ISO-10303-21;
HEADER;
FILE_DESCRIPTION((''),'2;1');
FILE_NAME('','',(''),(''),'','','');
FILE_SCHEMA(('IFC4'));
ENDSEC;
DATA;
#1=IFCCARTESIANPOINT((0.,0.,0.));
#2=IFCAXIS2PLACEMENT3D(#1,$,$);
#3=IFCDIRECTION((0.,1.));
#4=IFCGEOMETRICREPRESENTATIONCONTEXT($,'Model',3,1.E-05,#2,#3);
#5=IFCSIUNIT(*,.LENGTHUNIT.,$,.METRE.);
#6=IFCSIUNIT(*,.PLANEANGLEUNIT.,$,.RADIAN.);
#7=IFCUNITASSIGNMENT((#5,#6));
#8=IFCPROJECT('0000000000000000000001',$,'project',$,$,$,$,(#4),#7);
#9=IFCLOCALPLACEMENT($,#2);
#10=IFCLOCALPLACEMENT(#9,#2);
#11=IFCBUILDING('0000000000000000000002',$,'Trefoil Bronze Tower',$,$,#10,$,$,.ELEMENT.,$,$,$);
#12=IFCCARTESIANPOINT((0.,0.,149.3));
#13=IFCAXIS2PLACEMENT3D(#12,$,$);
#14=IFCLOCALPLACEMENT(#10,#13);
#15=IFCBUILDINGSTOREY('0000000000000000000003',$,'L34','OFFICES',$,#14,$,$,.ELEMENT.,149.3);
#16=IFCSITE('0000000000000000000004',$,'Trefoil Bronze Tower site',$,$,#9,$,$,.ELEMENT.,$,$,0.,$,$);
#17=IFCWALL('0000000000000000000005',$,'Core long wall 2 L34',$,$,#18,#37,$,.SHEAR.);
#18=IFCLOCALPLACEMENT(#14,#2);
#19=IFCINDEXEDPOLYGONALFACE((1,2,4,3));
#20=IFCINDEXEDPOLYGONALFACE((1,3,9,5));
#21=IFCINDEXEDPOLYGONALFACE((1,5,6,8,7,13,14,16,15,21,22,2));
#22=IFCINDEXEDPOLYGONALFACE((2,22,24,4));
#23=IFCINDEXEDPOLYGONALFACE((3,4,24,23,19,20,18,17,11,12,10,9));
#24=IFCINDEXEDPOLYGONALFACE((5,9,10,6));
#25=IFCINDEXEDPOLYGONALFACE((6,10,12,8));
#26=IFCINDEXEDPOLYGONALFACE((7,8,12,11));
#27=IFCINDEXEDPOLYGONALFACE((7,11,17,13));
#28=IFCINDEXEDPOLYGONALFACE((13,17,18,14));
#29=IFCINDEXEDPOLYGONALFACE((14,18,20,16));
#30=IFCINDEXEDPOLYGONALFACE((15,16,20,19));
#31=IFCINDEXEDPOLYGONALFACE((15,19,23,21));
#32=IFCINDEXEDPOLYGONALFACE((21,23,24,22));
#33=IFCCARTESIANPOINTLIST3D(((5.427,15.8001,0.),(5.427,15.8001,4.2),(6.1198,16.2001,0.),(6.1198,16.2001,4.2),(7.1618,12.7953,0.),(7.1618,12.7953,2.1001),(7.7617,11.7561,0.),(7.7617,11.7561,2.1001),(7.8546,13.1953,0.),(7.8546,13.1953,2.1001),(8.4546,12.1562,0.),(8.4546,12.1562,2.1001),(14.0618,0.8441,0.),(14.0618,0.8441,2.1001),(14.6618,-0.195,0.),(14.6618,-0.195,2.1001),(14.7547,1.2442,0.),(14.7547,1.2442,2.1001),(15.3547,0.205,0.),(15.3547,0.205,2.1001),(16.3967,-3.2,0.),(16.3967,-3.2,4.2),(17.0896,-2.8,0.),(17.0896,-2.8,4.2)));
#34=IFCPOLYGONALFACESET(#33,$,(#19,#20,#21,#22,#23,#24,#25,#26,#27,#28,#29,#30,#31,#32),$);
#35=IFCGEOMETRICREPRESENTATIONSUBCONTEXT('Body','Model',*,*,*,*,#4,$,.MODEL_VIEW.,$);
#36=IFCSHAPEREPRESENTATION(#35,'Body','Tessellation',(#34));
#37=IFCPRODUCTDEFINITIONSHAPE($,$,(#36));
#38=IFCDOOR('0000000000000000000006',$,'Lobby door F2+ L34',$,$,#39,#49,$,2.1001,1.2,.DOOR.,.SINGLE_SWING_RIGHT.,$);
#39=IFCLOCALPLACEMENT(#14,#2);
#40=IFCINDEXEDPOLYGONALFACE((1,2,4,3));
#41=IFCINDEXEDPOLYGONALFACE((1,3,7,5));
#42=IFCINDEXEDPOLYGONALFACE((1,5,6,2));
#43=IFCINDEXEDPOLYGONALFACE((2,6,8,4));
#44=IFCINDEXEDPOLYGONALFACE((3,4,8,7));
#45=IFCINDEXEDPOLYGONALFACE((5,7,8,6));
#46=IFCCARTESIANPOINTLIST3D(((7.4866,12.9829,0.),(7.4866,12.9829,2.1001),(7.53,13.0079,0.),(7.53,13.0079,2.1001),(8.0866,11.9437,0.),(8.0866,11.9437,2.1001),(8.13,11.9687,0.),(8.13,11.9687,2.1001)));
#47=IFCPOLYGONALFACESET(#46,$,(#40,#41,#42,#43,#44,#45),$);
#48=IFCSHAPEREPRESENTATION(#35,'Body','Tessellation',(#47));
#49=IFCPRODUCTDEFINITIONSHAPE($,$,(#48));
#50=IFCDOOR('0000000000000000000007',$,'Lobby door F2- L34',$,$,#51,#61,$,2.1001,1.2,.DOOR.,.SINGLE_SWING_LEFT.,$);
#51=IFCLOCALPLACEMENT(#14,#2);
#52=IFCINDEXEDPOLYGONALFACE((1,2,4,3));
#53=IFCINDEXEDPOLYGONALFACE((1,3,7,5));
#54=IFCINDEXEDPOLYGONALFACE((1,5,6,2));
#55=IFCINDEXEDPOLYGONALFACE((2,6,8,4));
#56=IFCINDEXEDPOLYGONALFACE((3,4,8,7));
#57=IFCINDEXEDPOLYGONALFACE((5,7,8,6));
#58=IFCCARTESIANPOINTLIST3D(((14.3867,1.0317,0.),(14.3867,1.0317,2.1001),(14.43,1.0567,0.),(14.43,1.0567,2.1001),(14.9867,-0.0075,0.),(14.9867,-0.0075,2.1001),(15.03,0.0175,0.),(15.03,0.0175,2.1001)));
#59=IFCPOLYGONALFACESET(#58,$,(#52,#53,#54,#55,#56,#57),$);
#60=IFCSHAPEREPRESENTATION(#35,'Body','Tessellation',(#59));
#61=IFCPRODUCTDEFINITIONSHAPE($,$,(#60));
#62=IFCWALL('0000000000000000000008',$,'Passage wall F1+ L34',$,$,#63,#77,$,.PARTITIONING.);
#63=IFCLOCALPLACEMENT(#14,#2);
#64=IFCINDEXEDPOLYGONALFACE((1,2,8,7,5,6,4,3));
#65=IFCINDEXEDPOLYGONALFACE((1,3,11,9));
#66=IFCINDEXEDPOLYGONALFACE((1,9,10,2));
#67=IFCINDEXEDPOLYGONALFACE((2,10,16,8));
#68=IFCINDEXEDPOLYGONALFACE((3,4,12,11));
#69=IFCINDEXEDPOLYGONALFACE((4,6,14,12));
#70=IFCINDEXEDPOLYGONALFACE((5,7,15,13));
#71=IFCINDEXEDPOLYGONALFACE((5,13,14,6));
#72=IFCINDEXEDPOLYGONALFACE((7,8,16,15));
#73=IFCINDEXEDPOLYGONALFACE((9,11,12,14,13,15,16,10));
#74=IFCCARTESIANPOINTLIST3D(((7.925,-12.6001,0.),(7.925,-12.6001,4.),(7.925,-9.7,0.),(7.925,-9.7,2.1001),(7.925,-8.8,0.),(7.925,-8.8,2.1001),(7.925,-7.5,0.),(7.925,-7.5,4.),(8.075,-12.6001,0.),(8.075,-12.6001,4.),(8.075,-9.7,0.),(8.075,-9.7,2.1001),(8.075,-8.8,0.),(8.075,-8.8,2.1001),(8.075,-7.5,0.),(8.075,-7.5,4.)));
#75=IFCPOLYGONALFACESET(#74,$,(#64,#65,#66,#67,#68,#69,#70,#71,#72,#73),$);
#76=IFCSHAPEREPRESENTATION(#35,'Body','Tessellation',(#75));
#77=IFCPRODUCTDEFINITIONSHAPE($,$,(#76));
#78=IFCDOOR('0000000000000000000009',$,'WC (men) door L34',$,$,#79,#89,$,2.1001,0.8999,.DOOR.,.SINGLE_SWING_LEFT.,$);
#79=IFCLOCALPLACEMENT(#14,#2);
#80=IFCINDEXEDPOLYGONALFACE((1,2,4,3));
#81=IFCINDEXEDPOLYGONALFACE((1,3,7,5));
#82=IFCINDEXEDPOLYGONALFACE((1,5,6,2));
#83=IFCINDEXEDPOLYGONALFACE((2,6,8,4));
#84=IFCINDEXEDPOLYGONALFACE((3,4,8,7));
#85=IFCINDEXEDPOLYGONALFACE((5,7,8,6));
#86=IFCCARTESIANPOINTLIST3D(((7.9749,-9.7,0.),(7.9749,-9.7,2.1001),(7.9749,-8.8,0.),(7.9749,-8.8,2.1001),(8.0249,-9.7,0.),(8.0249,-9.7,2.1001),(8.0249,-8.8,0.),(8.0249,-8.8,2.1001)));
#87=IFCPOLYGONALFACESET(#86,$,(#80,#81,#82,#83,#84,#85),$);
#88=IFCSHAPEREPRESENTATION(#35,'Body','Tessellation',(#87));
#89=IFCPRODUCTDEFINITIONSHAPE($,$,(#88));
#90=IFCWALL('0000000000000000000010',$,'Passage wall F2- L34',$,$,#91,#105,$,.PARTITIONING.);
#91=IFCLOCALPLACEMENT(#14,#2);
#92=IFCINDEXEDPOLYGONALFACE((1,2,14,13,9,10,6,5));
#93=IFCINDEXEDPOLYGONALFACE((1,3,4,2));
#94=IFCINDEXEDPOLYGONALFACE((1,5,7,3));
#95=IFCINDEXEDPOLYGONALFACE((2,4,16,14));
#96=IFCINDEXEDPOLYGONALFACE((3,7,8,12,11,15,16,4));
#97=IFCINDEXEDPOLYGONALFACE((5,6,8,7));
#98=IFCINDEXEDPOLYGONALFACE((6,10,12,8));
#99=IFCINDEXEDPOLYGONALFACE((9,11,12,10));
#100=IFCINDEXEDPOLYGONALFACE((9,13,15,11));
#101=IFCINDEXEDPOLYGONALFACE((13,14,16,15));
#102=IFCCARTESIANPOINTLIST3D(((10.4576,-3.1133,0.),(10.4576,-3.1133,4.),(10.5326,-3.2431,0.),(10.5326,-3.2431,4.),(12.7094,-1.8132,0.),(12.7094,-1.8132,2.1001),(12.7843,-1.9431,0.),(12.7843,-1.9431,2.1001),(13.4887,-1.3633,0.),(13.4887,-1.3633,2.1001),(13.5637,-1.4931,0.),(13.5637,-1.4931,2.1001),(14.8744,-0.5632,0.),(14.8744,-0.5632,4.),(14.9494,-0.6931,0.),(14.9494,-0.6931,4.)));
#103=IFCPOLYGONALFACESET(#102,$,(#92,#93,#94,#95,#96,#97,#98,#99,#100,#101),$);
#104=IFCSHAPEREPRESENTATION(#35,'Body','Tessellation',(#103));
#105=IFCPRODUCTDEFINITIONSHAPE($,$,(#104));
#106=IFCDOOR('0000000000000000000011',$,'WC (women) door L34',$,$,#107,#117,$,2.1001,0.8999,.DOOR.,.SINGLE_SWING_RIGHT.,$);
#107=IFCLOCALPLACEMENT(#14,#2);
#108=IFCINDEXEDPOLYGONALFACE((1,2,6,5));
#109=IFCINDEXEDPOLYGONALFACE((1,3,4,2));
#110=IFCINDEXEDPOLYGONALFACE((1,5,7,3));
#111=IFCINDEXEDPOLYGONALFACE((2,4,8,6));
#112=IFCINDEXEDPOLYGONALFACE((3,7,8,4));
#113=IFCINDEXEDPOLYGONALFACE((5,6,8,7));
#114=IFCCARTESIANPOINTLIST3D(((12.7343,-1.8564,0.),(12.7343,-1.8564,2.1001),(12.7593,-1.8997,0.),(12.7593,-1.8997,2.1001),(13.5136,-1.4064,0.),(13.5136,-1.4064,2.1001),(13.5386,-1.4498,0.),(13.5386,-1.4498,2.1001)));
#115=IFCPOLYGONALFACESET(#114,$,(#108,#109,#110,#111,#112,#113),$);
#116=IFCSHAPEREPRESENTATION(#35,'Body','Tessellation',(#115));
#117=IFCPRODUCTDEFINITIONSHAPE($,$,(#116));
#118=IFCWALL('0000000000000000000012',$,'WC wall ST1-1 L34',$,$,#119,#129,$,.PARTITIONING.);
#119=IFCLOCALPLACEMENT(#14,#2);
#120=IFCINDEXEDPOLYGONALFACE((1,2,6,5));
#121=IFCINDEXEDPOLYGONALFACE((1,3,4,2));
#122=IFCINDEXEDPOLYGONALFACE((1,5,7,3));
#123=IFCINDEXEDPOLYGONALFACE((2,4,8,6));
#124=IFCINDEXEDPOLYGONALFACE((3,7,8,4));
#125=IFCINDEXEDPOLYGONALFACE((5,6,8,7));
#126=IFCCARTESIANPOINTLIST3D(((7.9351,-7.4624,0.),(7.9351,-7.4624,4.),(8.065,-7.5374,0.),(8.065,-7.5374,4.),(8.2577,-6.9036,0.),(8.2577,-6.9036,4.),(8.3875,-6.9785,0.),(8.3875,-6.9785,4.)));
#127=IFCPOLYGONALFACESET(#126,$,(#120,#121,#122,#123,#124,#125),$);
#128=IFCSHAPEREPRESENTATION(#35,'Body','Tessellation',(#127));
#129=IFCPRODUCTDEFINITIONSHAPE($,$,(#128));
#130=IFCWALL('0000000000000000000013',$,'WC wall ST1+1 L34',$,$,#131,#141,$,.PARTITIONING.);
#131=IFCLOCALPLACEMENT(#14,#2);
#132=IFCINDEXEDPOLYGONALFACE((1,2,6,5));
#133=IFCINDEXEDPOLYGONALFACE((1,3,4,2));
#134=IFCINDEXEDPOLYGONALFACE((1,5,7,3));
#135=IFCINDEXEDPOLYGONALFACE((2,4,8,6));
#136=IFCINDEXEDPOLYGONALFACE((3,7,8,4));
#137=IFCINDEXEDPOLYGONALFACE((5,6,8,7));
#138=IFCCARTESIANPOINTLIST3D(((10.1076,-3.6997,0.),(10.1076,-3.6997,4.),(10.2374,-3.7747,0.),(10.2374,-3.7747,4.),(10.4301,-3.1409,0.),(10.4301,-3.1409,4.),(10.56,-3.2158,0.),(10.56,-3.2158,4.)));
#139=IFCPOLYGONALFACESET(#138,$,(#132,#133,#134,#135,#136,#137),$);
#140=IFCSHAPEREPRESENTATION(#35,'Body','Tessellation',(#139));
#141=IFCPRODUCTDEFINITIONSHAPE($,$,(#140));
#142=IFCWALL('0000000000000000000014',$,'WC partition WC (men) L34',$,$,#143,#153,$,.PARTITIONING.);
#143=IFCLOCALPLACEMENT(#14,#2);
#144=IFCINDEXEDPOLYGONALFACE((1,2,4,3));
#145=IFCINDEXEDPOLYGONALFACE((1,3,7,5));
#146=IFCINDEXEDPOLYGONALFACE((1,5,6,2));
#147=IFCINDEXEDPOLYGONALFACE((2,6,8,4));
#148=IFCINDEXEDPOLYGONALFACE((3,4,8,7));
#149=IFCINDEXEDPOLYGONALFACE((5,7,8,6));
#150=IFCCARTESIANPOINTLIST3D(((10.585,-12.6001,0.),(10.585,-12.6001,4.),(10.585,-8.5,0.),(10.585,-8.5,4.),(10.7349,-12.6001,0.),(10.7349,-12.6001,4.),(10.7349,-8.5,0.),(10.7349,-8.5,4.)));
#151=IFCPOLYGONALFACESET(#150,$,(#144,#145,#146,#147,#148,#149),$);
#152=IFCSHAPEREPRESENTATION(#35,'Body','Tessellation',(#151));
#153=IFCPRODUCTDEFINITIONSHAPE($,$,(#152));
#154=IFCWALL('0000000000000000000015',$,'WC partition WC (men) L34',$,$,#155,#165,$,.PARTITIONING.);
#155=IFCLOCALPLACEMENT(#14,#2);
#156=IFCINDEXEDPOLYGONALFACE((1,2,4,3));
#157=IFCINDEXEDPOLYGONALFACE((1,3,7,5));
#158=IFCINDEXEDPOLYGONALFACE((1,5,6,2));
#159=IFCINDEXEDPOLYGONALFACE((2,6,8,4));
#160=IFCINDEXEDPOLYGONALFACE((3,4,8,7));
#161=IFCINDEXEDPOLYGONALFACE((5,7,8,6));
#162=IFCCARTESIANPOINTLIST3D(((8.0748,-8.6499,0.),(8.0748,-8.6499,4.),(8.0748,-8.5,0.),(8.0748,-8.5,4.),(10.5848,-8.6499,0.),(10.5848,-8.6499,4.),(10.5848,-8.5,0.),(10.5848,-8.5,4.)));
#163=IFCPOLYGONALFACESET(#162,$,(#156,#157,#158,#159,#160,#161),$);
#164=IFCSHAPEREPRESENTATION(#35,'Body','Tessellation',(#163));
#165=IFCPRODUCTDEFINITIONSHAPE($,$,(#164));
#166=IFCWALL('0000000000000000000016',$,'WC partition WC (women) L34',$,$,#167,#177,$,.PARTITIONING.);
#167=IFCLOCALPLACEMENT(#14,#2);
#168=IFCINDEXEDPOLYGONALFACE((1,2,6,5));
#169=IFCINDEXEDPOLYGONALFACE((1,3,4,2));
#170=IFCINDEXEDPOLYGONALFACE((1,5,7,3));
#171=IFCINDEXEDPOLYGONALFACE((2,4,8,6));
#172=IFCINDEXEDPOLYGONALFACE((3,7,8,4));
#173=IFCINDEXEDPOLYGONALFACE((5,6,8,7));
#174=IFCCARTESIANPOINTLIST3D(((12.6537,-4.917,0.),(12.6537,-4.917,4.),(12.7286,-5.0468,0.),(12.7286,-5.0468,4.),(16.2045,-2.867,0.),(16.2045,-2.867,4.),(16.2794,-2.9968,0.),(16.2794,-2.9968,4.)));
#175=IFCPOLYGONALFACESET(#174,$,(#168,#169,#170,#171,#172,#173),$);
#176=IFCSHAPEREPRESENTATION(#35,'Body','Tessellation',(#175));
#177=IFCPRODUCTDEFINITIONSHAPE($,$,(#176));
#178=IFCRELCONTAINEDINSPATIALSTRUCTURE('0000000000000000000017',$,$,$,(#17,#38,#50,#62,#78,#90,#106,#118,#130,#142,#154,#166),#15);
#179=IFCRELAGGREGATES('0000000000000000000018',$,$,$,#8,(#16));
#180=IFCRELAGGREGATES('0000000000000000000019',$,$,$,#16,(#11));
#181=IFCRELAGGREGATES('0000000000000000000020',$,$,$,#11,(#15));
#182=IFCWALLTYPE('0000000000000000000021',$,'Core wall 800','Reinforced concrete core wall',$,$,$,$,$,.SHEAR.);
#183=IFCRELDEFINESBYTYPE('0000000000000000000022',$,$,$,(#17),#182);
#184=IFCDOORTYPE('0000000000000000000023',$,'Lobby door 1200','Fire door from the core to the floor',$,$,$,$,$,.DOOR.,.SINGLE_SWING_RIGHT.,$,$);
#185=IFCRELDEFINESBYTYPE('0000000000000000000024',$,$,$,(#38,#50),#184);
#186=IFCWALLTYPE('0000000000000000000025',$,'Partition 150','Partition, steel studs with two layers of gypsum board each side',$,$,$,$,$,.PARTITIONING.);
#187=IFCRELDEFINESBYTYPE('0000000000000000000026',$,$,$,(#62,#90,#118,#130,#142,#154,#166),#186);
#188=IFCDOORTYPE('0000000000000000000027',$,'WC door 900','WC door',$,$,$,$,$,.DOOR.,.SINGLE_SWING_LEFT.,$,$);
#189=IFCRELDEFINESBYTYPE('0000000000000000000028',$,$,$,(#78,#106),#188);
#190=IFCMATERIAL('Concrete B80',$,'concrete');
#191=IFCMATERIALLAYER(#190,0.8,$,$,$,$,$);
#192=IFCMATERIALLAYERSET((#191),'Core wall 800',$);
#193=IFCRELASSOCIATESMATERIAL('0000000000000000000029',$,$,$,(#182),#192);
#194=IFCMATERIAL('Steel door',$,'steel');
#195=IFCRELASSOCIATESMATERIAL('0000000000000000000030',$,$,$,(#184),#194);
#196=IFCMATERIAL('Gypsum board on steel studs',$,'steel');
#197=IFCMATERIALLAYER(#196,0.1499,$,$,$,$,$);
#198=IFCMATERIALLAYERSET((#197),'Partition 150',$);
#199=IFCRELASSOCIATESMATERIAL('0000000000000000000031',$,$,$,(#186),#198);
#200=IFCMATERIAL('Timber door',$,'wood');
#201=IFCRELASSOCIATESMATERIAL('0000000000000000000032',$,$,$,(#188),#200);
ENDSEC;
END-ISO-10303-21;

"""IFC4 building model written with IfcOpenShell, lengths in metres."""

from ifc_helpers import new_model, si_unit, direction, frame, frame_2d, origin, place, context, subcontext, project, spatial, rectangle, extrude, material, layer, layer_set, type_object, element, fill, save


model = new_model("IFC4")

# Units and contexts
model_context = context("Model", 3, precision=1e-05, world=origin(), true_north=direction((0.0, 1.0)))
body_context = subcontext(model_context, "Body", "Model", "MODEL_VIEW")
ifc_project = project(units=[si_unit("LENGTHUNIT", "METRE"), si_unit("PLANEANGLEUNIT", "RADIAN")], contexts=[model_context])

# Site, building, storey
site_placement = place(None, origin())
site = spatial("IfcSite", under=ifc_project, at=site_placement, Name="Trefoil Bronze Tower site", CompositionType="ELEMENT", RefElevation=0.0)
building_placement = place(site_placement, origin())
building = spatial("IfcBuilding", under=site, at=building_placement, Name="Trefoil Bronze Tower", CompositionType="ELEMENT")
storey_placement = place(building_placement, frame((0.0, 0.0, 149.3)))
storey = spatial("IfcBuildingStorey", under=building, at=storey_placement, Name="L34", Description="OFFICES", CompositionType="ELEMENT", Elevation=149.3)

# Wall, openings, doors
ifc_material_1 = material(Name="Concrete B80", Category="concrete")
ifc_layer_1 = layer(ifc_material_1, 0.8)
ifc_layer_set_1 = layer_set([ifc_layer_1], Name="Core wall 800")
wall_type_1 = type_object("IfcWallType", Name="Core wall 800", Description="Reinforced concrete core wall", PredefinedType="SHEAR", material=ifc_layer_set_1)
wall_1_placement = place(storey_placement, frame((16.7432, -3.0, 0.0), z_axis=(0.0, 0.0, 1.0), x_axis=(-0.500002, 0.866024, 0.0)))
wall_1 = element("IfcWall", 1, at=wall_1_placement, inside=storey, type_object=wall_type_1, Name="Core long wall 2 L34", PredefinedType="SHEAR", context=body_context, shape_type="SweptSolid", body=[
    extrude(rectangle(XDim=21.9395, YDim=0.8, at=frame_2d((10.9697, 0.0))), origin(), (0.0, 0.0, 1.0), 4.2),
])
opening_1_placement = place(wall_1_placement, frame((17.2698, 0.0, 0.0)))
opening_1 = element("IfcOpeningElement", 2, at=opening_1_placement, cuts=wall_1, PredefinedType="OPENING", context=body_context, shape_type="SweptSolid", body=[
    extrude(rectangle(XDim=1.2, YDim=2.1001, at=frame_2d((0.6001, 1.05))), frame((0.0, 0.4099, 0.0), z_axis=(0.0, -1.0, 0.0), x_axis=(1.0, 0.0, 0.0)), (0.0, 0.0, 1.0), 0.8201),
])
opening_2_placement = place(wall_1_placement, frame((3.4697, 0.0, 0.0)))
opening_2 = element("IfcOpeningElement", 3, at=opening_2_placement, cuts=wall_1, PredefinedType="OPENING", context=body_context, shape_type="SweptSolid", body=[
    extrude(rectangle(XDim=1.2, YDim=2.1001, at=frame_2d((0.6001, 1.05))), frame((0.0, 0.4099, 0.0), z_axis=(0.0, -1.0, 0.0), x_axis=(1.0, 0.0, 0.0)), (0.0, 0.0, 1.0), 0.8201),
])
ifc_material_2 = material(Name="Steel door", Category="steel")
door_type_1 = type_object("IfcDoorType", Name="Lobby door 1200", Description="Fire door from the core to the floor", OperationType="SINGLE_SWING_RIGHT", PredefinedType="DOOR", material=ifc_material_2)
door_1_placement = place(opening_1_placement, origin())
door_1 = element("IfcDoor", 4, at=door_1_placement, inside=storey, type_object=door_type_1, Name="Lobby door F2+ L34", OperationType="SINGLE_SWING_RIGHT", OverallHeight=2.1001, OverallWidth=1.2, PredefinedType="DOOR", context=body_context, shape_type="SweptSolid", body=[
    extrude(rectangle(XDim=1.2, YDim=2.1001, at=frame_2d((0.6001, 1.05))), frame((0.0, 0.0249, 0.0), z_axis=(0.0, -1.0, 0.0), x_axis=(1.0, 0.0, 0.0)), (0.0, 0.0, 1.0), 0.05),
])
fill(opening_1, door_1)
door_2_placement = place(opening_2_placement, origin())
door_2 = element("IfcDoor", 5, at=door_2_placement, inside=storey, type_object=door_type_1, Name="Lobby door F2- L34", OperationType="SINGLE_SWING_LEFT", OverallHeight=2.1001, OverallWidth=1.2, PredefinedType="DOOR", context=body_context, shape_type="SweptSolid", body=[
    extrude(rectangle(XDim=1.2, YDim=2.1001, at=frame_2d((0.6001, 1.05))), frame((0.0, 0.0249, 0.0), z_axis=(0.0, -1.0, 0.0), x_axis=(1.0, 0.0, 0.0)), (0.0, 0.0, 1.0), 0.05),
])
fill(opening_2, door_2)

# Walls, openings, doors
ifc_material_3 = material(Name="Gypsum board on steel studs", Category="steel")
ifc_layer_2 = layer(ifc_material_3, 0.1499)
ifc_layer_set_2 = layer_set([ifc_layer_2], Name="Partition 150")
wall_type_2 = type_object("IfcWallType", Name="Partition 150", Description="Partition, steel studs with two layers of gypsum board each side", PredefinedType="PARTITIONING", material=ifc_layer_set_2)
wall_2_placement = place(storey_placement, frame((8.0, -7.5, 0.0), z_axis=(0.0, 0.0, 1.0), x_axis=(0.0, -1.0, 0.0)))
wall_2 = element("IfcWall", 6, at=wall_2_placement, inside=storey, type_object=wall_type_2, Name="Passage wall F1+ L34", PredefinedType="PARTITIONING", context=body_context, shape_type="SweptSolid", body=[
    extrude(rectangle(XDim=5.1001, YDim=0.1499, at=frame_2d((2.55, 0.0))), origin(), (0.0, 0.0, 1.0), 4.0),
])
opening_3_placement = place(wall_2_placement, frame((1.3, 0.0, 0.0)))
opening_3 = element("IfcOpeningElement", 7, at=opening_3_placement, cuts=wall_2, PredefinedType="OPENING", context=body_context, shape_type="SweptSolid", body=[
    extrude(rectangle(XDim=0.8999, YDim=2.1001, at=frame_2d((0.45, 1.05))), frame((0.0, 0.085, 0.0), z_axis=(0.0, -1.0, 0.0), x_axis=(1.0, 0.0, 0.0)), (0.0, 0.0, 1.0), 0.1699),
])
ifc_material_4 = material(Name="Timber door", Category="wood")
door_type_2 = type_object("IfcDoorType", Name="WC door 900", Description="WC door", OperationType="SINGLE_SWING_LEFT", PredefinedType="DOOR", material=ifc_material_4)
door_3_placement = place(opening_3_placement, origin())
door_3 = element("IfcDoor", 8, at=door_3_placement, inside=storey, type_object=door_type_2, Name="WC (men) door L34", OperationType="SINGLE_SWING_LEFT", OverallHeight=2.1001, OverallWidth=0.8999, PredefinedType="DOOR", context=body_context, shape_type="SweptSolid", body=[
    extrude(rectangle(XDim=0.8999, YDim=2.1001, at=frame_2d((0.45, 1.05))), frame((0.0, 0.0249, 0.0), z_axis=(0.0, -1.0, 0.0), x_axis=(1.0, 0.0, 0.0)), (0.0, 0.0, 1.0), 0.05),
])
fill(opening_3, door_3)
wall_3_placement = place(storey_placement, frame((10.4951, -3.1782, 0.0), z_axis=(0.0, 0.0, 1.0), x_axis=(0.866022, 0.500006, 0.0)))
wall_3 = element("IfcWall", 9, at=wall_3_placement, inside=storey, type_object=wall_type_2, Name="Passage wall F2- L34", PredefinedType="PARTITIONING", context=body_context, shape_type="SweptSolid", body=[
    extrude(rectangle(XDim=5.1001, YDim=0.1499, at=frame_2d((2.55, 0.0))), origin(), (0.0, 0.0, 1.0), 4.0),
])
opening_4_placement = place(wall_3_placement, frame((2.6001, 0.0, 0.0)))
opening_4 = element("IfcOpeningElement", 10, at=opening_4_placement, cuts=wall_3, PredefinedType="OPENING", context=body_context, shape_type="SweptSolid", body=[
    extrude(rectangle(XDim=0.8999, YDim=2.1001, at=frame_2d((0.45, 1.05))), frame((0.0, 0.085, 0.0), z_axis=(0.0, -1.0, 0.0), x_axis=(1.0, 0.0, 0.0)), (0.0, 0.0, 1.0), 0.1699),
])
door_4_placement = place(opening_4_placement, frame((0.8999, 0.0, 0.0), z_axis=(0.0, 0.0, 1.0), x_axis=(-1.0, 0.0, 0.0)))
door_4 = element("IfcDoor", 11, at=door_4_placement, inside=storey, type_object=door_type_2, Name="WC (women) door L34", OperationType="SINGLE_SWING_RIGHT", OverallHeight=2.1001, OverallWidth=0.8999, PredefinedType="DOOR", context=body_context, shape_type="SweptSolid", body=[
    extrude(rectangle(XDim=0.8999, YDim=2.1001, at=frame_2d((0.45, 1.05))), frame((0.0, 0.0249, 0.0), z_axis=(0.0, -1.0, 0.0), x_axis=(1.0, 0.0, 0.0)), (0.0, 0.0, 1.0), 0.05),
])
fill(opening_4, door_4)

# Walls
for number, where, z_axis, x_axis, name in (
    (12, (8.0, -7.5, 0.0), (0.0, 0.0, 1.0), (0.499843, 0.866116, 0.0), "WC wall ST1-1 L34"),
    (13, (10.4951, -3.1782, 0.0), (0.0, 0.0, 1.0), (-0.499843, -0.866116, 0.0), "WC wall ST1+1 L34"),
):
    element("IfcWall", number, at=place(storey_placement, frame(where, z_axis=z_axis, x_axis=x_axis)), inside=storey, type_object=wall_type_2, Name=name, PredefinedType="PARTITIONING", context=body_context, shape_type="SweptSolid", body=[
        extrude(rectangle(XDim=0.6453, YDim=0.1499, at=frame_2d((0.3228, 0.0))), origin(), (0.0, 0.0, 1.0), 4.0),
    ])
wall_4_placement = place(storey_placement, frame((10.6599, -8.5, 0.0), z_axis=(0.0, 0.0, 1.0), x_axis=(0.0, -1.0, 0.0)))
element("IfcWall", 14, at=wall_4_placement, inside=storey, type_object=wall_type_2, Name="WC partition WC (men) L34", PredefinedType="PARTITIONING", context=body_context, shape_type="SweptSolid", body=[
    extrude(rectangle(XDim=4.1001, YDim=0.1499, at=frame_2d((2.05, 0.0))), origin(), (0.0, 0.0, 1.0), 4.0),
])
wall_5_placement = place(storey_placement, frame((8.075, -8.575, 0.0), z_axis=(0.0, 0.0, 1.0), x_axis=(1.0, 0.0, 0.0)))
element("IfcWall", 15, at=wall_5_placement, inside=storey, type_object=wall_type_2, Name="WC partition WC (men) L34", PredefinedType="PARTITIONING", context=body_context, shape_type="SweptSolid", body=[
    extrude(rectangle(XDim=2.51, YDim=0.1499, at=frame_2d((1.2549, 0.0))), origin(), (0.0, 0.0, 1.0), 4.0),
])
wall_6_placement = place(storey_placement, frame((12.6912, -4.9819, 0.0), z_axis=(0.0, 0.0, 1.0), x_axis=(0.866025, 0.500001, 0.0)))
element("IfcWall", 16, at=wall_6_placement, inside=storey, type_object=wall_type_2, Name="WC partition WC (women) L34", PredefinedType="PARTITIONING", context=body_context, shape_type="SweptSolid", body=[
    extrude(rectangle(XDim=4.1001, YDim=0.1499, at=frame_2d((2.05, 0.0))), origin(), (0.0, 0.0, 1.0), 4.0),
])

save(model, "model.ifc")
